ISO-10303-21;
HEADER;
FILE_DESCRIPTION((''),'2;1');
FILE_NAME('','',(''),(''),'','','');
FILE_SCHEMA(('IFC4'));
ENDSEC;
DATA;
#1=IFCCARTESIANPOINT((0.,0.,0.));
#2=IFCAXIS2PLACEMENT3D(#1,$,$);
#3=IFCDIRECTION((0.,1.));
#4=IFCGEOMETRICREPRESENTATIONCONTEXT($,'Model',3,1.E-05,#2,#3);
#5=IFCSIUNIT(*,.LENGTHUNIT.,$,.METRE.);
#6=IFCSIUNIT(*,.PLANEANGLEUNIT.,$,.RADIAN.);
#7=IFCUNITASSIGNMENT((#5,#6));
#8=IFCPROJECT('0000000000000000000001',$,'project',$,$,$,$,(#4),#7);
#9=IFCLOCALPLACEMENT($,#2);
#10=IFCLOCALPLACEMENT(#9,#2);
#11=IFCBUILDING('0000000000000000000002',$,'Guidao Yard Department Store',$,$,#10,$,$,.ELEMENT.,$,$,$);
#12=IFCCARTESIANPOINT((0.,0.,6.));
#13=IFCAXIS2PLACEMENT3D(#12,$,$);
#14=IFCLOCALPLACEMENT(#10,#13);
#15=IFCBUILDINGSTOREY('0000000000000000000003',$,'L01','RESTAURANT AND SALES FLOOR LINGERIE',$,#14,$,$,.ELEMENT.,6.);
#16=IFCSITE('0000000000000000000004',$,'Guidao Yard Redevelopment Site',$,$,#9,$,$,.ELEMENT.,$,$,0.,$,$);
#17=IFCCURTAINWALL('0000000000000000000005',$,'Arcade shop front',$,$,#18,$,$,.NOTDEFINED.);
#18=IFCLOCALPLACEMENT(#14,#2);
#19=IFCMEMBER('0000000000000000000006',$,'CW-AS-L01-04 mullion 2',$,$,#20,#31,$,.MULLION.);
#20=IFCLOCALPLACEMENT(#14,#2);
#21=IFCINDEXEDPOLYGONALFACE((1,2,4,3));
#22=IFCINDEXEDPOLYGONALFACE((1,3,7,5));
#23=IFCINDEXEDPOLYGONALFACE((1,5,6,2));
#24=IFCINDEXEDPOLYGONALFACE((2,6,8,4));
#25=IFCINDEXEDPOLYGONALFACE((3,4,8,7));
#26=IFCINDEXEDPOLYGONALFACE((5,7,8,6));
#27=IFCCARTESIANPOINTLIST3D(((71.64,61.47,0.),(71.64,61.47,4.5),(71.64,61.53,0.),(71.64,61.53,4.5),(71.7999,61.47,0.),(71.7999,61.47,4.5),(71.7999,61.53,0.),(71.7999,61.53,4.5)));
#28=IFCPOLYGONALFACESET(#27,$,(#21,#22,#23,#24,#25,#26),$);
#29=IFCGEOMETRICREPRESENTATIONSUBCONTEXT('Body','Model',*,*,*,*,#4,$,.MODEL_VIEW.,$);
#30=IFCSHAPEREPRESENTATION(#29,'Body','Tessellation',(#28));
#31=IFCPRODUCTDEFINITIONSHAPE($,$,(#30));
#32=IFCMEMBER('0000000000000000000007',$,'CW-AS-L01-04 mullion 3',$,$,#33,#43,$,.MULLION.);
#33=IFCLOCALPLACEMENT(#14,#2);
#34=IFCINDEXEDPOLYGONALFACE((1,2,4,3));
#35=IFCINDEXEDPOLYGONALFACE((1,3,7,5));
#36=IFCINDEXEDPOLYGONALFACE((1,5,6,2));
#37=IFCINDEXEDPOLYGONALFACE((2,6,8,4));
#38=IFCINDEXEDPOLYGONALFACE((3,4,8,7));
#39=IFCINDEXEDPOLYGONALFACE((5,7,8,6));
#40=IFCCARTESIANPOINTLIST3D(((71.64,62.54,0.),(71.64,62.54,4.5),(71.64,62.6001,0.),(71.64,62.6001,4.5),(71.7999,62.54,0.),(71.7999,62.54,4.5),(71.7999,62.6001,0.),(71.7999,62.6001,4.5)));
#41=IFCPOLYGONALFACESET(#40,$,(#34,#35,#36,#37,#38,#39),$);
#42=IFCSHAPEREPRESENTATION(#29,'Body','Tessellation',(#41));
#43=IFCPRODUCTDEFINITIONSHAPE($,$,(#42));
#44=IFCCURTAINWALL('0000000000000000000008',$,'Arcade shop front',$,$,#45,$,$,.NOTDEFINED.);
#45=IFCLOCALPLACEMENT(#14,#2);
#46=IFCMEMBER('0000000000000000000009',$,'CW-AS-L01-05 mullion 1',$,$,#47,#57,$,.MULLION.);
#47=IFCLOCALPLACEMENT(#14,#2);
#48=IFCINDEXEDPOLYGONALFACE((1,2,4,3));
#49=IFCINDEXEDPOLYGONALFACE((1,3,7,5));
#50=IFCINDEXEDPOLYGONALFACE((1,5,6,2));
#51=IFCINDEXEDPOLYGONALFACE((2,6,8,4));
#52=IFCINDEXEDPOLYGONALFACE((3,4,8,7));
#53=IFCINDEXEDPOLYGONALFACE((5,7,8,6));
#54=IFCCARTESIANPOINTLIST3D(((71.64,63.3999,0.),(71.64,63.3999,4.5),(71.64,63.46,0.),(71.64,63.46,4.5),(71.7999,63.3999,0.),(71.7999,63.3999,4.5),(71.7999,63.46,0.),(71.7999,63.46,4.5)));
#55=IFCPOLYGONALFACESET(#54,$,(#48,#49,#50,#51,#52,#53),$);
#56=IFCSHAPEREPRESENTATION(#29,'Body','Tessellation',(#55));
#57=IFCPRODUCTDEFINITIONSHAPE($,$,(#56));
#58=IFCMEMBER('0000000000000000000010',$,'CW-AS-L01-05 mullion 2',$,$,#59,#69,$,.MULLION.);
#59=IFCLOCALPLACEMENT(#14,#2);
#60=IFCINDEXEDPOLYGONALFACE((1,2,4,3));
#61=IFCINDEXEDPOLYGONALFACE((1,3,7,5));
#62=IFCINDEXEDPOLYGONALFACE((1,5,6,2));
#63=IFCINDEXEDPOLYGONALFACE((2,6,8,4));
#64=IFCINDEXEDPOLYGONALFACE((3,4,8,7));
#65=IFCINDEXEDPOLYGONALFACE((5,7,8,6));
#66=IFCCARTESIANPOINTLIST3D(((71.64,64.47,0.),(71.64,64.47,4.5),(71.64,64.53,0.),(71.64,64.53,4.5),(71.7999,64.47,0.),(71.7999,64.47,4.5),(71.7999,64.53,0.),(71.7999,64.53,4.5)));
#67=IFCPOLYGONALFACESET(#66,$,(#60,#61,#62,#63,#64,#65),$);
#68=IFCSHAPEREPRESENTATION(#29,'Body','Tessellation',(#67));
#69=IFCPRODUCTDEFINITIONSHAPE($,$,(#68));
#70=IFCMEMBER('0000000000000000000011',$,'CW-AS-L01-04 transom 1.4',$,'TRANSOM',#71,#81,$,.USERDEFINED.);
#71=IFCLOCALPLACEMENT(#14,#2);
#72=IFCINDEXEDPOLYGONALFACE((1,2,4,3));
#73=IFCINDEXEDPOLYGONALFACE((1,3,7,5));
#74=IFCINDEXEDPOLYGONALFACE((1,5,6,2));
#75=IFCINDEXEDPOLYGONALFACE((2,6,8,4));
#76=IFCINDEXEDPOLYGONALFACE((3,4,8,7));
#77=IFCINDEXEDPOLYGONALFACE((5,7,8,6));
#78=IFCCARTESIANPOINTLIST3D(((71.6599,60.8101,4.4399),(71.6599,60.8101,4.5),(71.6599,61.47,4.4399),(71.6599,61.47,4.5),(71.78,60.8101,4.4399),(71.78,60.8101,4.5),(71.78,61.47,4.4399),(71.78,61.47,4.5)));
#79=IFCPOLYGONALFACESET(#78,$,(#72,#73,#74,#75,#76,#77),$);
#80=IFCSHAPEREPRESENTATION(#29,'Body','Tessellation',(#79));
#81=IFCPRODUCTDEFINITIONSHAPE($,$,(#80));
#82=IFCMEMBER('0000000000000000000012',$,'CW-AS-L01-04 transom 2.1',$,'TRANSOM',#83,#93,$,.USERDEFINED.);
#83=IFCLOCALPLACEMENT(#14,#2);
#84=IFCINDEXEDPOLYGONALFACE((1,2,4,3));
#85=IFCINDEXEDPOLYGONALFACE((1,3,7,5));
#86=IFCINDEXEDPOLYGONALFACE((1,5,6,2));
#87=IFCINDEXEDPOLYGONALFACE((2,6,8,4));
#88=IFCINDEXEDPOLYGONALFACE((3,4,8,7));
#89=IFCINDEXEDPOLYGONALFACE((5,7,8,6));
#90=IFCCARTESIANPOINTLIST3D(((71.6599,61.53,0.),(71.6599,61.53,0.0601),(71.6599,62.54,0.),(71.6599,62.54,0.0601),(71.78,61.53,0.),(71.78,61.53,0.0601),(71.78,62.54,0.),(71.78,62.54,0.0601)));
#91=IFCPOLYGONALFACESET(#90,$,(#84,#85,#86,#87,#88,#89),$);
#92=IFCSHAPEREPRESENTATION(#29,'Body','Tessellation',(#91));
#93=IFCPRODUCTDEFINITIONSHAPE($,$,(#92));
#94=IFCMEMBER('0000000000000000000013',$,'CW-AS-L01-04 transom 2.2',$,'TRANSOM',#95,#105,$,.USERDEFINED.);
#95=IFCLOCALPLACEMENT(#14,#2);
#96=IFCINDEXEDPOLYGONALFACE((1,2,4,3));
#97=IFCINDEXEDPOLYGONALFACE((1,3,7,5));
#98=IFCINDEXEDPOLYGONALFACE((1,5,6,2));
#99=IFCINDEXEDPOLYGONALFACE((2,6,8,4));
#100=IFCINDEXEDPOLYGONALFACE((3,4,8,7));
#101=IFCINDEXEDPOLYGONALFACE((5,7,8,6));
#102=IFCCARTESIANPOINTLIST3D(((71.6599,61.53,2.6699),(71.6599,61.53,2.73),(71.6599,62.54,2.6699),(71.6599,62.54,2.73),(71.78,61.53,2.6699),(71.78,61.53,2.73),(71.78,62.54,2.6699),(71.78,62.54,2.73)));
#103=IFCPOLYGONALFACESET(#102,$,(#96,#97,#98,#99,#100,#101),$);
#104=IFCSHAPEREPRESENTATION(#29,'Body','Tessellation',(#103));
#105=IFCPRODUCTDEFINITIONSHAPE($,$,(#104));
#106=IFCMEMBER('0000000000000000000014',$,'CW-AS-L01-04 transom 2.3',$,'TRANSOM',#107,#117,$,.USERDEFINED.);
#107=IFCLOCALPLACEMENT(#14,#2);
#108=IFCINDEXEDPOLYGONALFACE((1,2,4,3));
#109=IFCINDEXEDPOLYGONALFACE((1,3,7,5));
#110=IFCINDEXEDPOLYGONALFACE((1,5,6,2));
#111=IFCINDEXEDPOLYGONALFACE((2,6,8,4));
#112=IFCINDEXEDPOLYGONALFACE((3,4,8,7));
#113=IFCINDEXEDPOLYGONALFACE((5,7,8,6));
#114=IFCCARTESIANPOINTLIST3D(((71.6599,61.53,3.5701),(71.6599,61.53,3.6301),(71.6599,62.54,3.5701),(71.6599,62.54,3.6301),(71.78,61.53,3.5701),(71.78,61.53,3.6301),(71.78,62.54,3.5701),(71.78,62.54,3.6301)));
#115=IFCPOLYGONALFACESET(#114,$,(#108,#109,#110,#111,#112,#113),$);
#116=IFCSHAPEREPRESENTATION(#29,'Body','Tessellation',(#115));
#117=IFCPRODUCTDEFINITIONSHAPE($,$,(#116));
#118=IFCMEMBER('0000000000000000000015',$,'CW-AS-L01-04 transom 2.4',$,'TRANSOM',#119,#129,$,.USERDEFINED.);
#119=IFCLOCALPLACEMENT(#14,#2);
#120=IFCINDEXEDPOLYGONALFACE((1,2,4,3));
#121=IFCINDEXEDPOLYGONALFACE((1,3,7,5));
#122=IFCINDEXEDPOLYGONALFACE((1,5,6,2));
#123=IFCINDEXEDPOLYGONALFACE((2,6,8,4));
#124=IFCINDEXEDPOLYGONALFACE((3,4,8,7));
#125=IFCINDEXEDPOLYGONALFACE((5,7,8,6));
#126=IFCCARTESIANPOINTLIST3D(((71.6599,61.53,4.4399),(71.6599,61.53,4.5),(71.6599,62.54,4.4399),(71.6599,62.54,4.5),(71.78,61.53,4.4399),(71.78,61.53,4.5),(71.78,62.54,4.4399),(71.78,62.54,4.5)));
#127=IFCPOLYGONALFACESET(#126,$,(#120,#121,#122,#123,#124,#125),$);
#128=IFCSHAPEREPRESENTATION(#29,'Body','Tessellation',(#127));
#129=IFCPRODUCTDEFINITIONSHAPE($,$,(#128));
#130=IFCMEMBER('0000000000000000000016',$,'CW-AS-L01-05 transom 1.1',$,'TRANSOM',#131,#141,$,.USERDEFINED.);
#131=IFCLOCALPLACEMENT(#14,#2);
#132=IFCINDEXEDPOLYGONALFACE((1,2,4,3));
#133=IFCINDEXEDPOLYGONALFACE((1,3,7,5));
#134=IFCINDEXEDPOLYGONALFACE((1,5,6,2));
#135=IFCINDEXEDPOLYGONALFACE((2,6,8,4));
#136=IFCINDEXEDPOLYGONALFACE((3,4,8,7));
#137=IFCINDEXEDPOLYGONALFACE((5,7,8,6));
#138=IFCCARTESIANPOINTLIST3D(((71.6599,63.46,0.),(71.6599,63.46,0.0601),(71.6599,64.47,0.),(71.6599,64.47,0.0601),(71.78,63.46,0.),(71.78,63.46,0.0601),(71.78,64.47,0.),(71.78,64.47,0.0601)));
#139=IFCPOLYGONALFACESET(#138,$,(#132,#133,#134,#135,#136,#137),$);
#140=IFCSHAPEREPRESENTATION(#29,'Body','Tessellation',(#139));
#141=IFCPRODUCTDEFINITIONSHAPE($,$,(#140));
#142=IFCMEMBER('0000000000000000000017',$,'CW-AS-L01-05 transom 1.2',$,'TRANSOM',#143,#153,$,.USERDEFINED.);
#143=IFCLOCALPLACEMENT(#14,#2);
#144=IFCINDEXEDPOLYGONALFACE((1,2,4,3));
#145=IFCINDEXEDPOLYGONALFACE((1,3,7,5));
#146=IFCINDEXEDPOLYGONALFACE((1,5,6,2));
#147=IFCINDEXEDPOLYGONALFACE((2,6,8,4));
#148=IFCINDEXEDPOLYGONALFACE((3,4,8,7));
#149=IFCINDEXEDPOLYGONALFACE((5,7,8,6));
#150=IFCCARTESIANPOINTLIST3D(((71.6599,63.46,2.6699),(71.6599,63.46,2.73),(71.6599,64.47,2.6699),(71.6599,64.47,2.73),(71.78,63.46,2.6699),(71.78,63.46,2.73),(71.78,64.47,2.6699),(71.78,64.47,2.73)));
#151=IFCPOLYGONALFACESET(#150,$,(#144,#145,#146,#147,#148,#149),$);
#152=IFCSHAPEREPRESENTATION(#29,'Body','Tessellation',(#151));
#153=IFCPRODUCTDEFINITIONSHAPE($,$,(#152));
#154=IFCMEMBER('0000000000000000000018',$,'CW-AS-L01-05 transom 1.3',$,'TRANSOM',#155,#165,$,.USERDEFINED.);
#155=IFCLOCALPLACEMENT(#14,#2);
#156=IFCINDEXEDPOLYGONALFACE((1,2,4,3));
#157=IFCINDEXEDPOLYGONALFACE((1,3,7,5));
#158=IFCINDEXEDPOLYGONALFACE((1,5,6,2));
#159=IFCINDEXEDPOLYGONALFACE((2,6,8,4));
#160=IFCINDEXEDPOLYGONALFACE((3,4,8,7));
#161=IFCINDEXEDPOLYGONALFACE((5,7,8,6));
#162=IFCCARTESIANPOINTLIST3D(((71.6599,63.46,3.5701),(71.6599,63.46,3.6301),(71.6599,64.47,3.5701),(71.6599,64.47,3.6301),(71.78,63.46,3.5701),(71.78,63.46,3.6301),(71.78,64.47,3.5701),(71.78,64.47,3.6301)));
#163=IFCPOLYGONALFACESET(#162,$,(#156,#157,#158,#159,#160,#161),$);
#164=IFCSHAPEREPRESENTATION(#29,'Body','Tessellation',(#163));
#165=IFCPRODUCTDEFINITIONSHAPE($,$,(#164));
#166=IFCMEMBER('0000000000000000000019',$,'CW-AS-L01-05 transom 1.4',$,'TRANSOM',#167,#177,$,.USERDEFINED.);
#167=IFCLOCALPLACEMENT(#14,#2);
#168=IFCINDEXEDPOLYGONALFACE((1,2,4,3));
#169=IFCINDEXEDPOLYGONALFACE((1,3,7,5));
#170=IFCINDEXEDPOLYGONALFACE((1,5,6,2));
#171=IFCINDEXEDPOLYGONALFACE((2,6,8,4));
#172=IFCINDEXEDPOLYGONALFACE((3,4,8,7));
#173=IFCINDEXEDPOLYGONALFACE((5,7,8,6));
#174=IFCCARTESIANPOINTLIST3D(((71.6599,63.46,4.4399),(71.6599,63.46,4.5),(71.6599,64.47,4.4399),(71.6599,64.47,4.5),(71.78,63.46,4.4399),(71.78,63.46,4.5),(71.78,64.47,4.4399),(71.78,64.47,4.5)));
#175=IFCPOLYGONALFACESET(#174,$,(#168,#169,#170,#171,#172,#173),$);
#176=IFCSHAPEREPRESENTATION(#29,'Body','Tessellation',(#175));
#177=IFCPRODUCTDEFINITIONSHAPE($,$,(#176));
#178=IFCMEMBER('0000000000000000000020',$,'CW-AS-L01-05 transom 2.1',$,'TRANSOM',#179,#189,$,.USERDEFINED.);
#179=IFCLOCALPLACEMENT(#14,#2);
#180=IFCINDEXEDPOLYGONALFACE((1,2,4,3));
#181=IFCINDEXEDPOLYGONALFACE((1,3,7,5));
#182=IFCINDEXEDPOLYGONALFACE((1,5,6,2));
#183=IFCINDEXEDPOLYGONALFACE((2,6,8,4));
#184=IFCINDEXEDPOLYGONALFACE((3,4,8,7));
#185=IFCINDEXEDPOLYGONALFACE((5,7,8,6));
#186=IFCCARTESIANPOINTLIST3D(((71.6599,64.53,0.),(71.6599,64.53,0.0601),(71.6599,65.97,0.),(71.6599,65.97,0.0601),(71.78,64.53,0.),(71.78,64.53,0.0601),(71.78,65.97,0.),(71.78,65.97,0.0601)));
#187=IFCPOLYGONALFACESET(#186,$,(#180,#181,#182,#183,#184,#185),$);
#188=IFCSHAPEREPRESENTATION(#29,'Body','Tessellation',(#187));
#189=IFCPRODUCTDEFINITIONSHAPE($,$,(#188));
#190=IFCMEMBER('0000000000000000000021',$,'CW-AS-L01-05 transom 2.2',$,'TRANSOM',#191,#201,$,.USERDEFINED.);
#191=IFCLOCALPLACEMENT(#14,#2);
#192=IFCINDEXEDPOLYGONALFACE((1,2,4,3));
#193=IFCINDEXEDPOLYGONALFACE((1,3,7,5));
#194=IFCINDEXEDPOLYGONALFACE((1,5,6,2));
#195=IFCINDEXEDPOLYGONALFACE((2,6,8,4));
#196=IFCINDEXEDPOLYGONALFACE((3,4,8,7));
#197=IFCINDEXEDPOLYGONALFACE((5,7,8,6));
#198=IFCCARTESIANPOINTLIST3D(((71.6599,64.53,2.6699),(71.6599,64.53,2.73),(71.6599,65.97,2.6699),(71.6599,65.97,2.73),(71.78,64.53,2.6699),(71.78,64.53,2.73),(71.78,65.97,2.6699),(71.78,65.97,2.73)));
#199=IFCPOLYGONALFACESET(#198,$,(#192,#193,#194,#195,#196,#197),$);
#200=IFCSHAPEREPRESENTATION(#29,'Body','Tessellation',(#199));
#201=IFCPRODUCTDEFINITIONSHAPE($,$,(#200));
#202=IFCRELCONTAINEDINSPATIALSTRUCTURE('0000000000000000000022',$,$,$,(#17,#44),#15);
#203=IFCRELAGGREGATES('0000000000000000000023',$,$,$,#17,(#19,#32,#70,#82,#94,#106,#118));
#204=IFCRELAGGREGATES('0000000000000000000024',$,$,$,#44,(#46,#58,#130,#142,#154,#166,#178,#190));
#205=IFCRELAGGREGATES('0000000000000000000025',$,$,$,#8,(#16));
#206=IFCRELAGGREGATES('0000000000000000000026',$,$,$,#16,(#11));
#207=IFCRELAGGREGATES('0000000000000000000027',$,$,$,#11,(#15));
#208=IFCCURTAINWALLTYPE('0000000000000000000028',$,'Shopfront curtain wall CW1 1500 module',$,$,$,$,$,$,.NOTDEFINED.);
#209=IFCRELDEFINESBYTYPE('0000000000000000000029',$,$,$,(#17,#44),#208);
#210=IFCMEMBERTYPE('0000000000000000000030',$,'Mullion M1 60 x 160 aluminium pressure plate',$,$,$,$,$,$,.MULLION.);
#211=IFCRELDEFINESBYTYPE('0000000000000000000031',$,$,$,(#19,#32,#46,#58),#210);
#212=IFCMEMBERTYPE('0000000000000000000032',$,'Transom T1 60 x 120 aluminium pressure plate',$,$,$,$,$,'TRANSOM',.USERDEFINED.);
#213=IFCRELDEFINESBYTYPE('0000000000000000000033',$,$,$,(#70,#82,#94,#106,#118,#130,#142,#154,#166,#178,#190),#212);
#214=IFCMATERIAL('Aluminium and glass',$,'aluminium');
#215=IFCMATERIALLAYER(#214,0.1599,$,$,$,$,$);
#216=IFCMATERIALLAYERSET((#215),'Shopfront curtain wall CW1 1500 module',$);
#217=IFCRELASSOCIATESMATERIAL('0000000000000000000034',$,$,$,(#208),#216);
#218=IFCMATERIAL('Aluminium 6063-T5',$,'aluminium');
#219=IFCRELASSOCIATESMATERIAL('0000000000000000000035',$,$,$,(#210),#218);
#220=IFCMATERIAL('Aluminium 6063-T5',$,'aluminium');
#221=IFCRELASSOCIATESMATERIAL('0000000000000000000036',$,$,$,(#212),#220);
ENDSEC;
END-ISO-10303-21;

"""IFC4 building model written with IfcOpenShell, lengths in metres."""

from ifc_helpers import new_model, si_unit, direction, frame, origin, origin_2d, place, context, subcontext, project, spatial, rectangle, extrude, material, layer, layer_set, material_profile, profile_set, type_object, element, aggregate, save


model = new_model("IFC4")

# Units and contexts
model_context = context("Model", 3, precision=1e-05, world=origin(), true_north=direction((0.0, 1.0)))
body_context = subcontext(model_context, "Body", "Model", "MODEL_VIEW")
ifc_project = project(units=[si_unit("LENGTHUNIT", "METRE"), si_unit("PLANEANGLEUNIT", "RADIAN")], contexts=[model_context])

# Site, building, storey
site_placement = place(None, origin())
site = spatial("IfcSite", under=ifc_project, at=site_placement, Name="Guidao Yard Redevelopment Site", CompositionType="ELEMENT", RefElevation=0.0)
building_placement = place(site_placement, origin())
building = spatial("IfcBuilding", under=site, at=building_placement, Name="Guidao Yard Department Store", CompositionType="ELEMENT")
storey_placement = place(building_placement, frame((0.0, 0.0, 6.0)))
storey = spatial("IfcBuildingStorey", under=building, at=storey_placement, Name="L01", Description="RESTAURANT AND SALES FLOOR LINGERIE", CompositionType="ELEMENT", Elevation=6.0)

# Curtain walls, members
ifc_material_1 = material(Name="Aluminium and glass", Category="aluminium")
ifc_layer_1 = layer(ifc_material_1, 0.1599)
ifc_layer_set_1 = layer_set([ifc_layer_1], Name="Shopfront curtain wall CW1 1500 module")
curtain_wall_type = type_object("IfcCurtainWallType", Name="Shopfront curtain wall CW1 1500 module", PredefinedType="NOTDEFINED", material=ifc_layer_set_1)
curtain_wall_1_placement = place(storey_placement, origin())
curtain_wall_1 = element("IfcCurtainWall", 1, at=curtain_wall_1_placement, inside=storey, type_object=curtain_wall_type, Name="Arcade shop front", PredefinedType="NOTDEFINED")
ifc_material_2 = material(Name="Aluminium 6063-T5", Category="aluminium")
ifc_material_profile_1 = material_profile(ifc_material_2, rectangle(XDim=0.0601, YDim=0.1599, at=origin_2d()), Name="Mullion M1 60 x 160 aluminium pressure plate")
ifc_profile_set_1 = profile_set([ifc_material_profile_1], Name="Aluminium 6063-T5")
member_type_1 = type_object("IfcMemberType", Name="Mullion M1 60 x 160 aluminium pressure plate", PredefinedType="MULLION", material=ifc_profile_set_1)
member_1_placement = place(storey_placement, frame((71.72, 61.5, 0.0), z_axis=(0.0, 0.0, 1.0), x_axis=(0.0, 1.0, 0.0)))
member_1 = element("IfcMember", 2, at=member_1_placement, type_object=member_type_1, Name="CW-AS-L01-04 mullion 2", PredefinedType="MULLION", context=body_context, shape_type="SweptSolid", body=[
    extrude(rectangle(XDim=0.0601, YDim=0.1599, at=origin_2d()), origin(), (0.0, 0.0, 1.0), 4.5),
])
member_2_placement = place(storey_placement, frame((71.72, 62.5701, 0.0), z_axis=(0.0, 0.0, 1.0), x_axis=(0.0, 1.0, 0.0)))
member_2 = element("IfcMember", 3, at=member_2_placement, type_object=member_type_1, Name="CW-AS-L01-04 mullion 3", PredefinedType="MULLION", context=body_context, shape_type="SweptSolid", body=[
    extrude(rectangle(XDim=0.0601, YDim=0.1599, at=origin_2d()), origin(), (0.0, 0.0, 1.0), 4.5),
])
curtain_wall_2_placement = place(storey_placement, origin())
curtain_wall_2 = element("IfcCurtainWall", 4, at=curtain_wall_2_placement, inside=storey, type_object=curtain_wall_type, Name="Arcade shop front", PredefinedType="NOTDEFINED")
member_3_placement = place(storey_placement, frame((71.72, 63.4299, 0.0), z_axis=(0.0, 0.0, 1.0), x_axis=(0.0, 1.0, 0.0)))
member_3 = element("IfcMember", 5, at=member_3_placement, type_object=member_type_1, Name="CW-AS-L01-05 mullion 1", PredefinedType="MULLION", context=body_context, shape_type="SweptSolid", body=[
    extrude(rectangle(XDim=0.0601, YDim=0.1599, at=origin_2d()), origin(), (0.0, 0.0, 1.0), 4.5),
])
member_4_placement = place(storey_placement, frame((71.72, 64.5, 0.0), z_axis=(0.0, 0.0, 1.0), x_axis=(0.0, 1.0, 0.0)))
member_4 = element("IfcMember", 6, at=member_4_placement, type_object=member_type_1, Name="CW-AS-L01-05 mullion 2", PredefinedType="MULLION", context=body_context, shape_type="SweptSolid", body=[
    extrude(rectangle(XDim=0.0601, YDim=0.1599, at=origin_2d()), origin(), (0.0, 0.0, 1.0), 4.5),
])

# Members
ifc_material_3 = material(Name="Aluminium 6063-T5", Category="aluminium")
ifc_material_profile_2 = material_profile(ifc_material_3, rectangle(XDim=0.1201, YDim=0.0601, at=origin_2d()), Name="Transom T1 60 x 120 aluminium pressure plate")
ifc_profile_set_2 = profile_set([ifc_material_profile_2], Name="Aluminium 6063-T5")
member_type_2 = type_object("IfcMemberType", Name="Transom T1 60 x 120 aluminium pressure plate", ElementType="TRANSOM", PredefinedType="USERDEFINED", material=ifc_profile_set_2)
member_5_placement = place(storey_placement, frame((71.72, 60.8101, 4.47), z_axis=(0.0, 1.0, 0.0), x_axis=(-1.0, 0.0, 0.0)))
member_5 = element("IfcMember", 7, at=member_5_placement, type_object=member_type_2, Name="CW-AS-L01-04 transom 1.4", ObjectType="TRANSOM", PredefinedType="USERDEFINED", context=body_context, shape_type="SweptSolid", body=[
    extrude(rectangle(XDim=0.1201, YDim=0.0601, at=origin_2d()), origin(), (0.0, 0.0, 1.0), 0.6599),
])
member_6_placement = place(storey_placement, frame((71.72, 61.53, 0.03), z_axis=(0.0, 1.0, 0.0), x_axis=(-1.0, 0.0, 0.0)))
member_6 = element("IfcMember", 8, at=member_6_placement, type_object=member_type_2, Name="CW-AS-L01-04 transom 2.1", ObjectType="TRANSOM", PredefinedType="USERDEFINED", context=body_context, shape_type="SweptSolid", body=[
    extrude(rectangle(XDim=0.1201, YDim=0.0601, at=origin_2d()), origin(), (0.0, 0.0, 1.0), 1.01),
])
member_7_placement = place(storey_placement, frame((71.72, 61.53, 2.7), z_axis=(0.0, 1.0, 0.0), x_axis=(-1.0, 0.0, 0.0)))
member_7 = element("IfcMember", 9, at=member_7_placement, type_object=member_type_2, Name="CW-AS-L01-04 transom 2.2", ObjectType="TRANSOM", PredefinedType="USERDEFINED", context=body_context, shape_type="SweptSolid", body=[
    extrude(rectangle(XDim=0.1201, YDim=0.0601, at=origin_2d()), origin(), (0.0, 0.0, 1.0), 1.01),
])
member_8_placement = place(storey_placement, frame((71.72, 61.53, 3.6001), z_axis=(0.0, 1.0, 0.0), x_axis=(-1.0, 0.0, 0.0)))
member_8 = element("IfcMember", 10, at=member_8_placement, type_object=member_type_2, Name="CW-AS-L01-04 transom 2.3", ObjectType="TRANSOM", PredefinedType="USERDEFINED", context=body_context, shape_type="SweptSolid", body=[
    extrude(rectangle(XDim=0.1201, YDim=0.0601, at=origin_2d()), origin(), (0.0, 0.0, 1.0), 1.01),
])
member_9_placement = place(storey_placement, frame((71.72, 61.53, 4.47), z_axis=(0.0, 1.0, 0.0), x_axis=(-1.0, 0.0, 0.0)))
member_9 = element("IfcMember", 11, at=member_9_placement, type_object=member_type_2, Name="CW-AS-L01-04 transom 2.4", ObjectType="TRANSOM", PredefinedType="USERDEFINED", context=body_context, shape_type="SweptSolid", body=[
    extrude(rectangle(XDim=0.1201, YDim=0.0601, at=origin_2d()), origin(), (0.0, 0.0, 1.0), 1.01),
])
member_10_placement = place(storey_placement, frame((71.72, 63.46, 0.03), z_axis=(0.0, 1.0, 0.0), x_axis=(-1.0, 0.0, 0.0)))
member_10 = element("IfcMember", 12, at=member_10_placement, type_object=member_type_2, Name="CW-AS-L01-05 transom 1.1", ObjectType="TRANSOM", PredefinedType="USERDEFINED", context=body_context, shape_type="SweptSolid", body=[
    extrude(rectangle(XDim=0.1201, YDim=0.0601, at=origin_2d()), origin(), (0.0, 0.0, 1.0), 1.01),
])
member_11_placement = place(storey_placement, frame((71.72, 63.46, 2.7), z_axis=(0.0, 1.0, 0.0), x_axis=(-1.0, 0.0, 0.0)))
member_11 = element("IfcMember", 13, at=member_11_placement, type_object=member_type_2, Name="CW-AS-L01-05 transom 1.2", ObjectType="TRANSOM", PredefinedType="USERDEFINED", context=body_context, shape_type="SweptSolid", body=[
    extrude(rectangle(XDim=0.1201, YDim=0.0601, at=origin_2d()), origin(), (0.0, 0.0, 1.0), 1.01),
])
member_12_placement = place(storey_placement, frame((71.72, 63.46, 3.6001), z_axis=(0.0, 1.0, 0.0), x_axis=(-1.0, 0.0, 0.0)))
member_12 = element("IfcMember", 14, at=member_12_placement, type_object=member_type_2, Name="CW-AS-L01-05 transom 1.3", ObjectType="TRANSOM", PredefinedType="USERDEFINED", context=body_context, shape_type="SweptSolid", body=[
    extrude(rectangle(XDim=0.1201, YDim=0.0601, at=origin_2d()), origin(), (0.0, 0.0, 1.0), 1.01),
])
member_13_placement = place(storey_placement, frame((71.72, 63.46, 4.47), z_axis=(0.0, 1.0, 0.0), x_axis=(-1.0, 0.0, 0.0)))
member_13 = element("IfcMember", 15, at=member_13_placement, type_object=member_type_2, Name="CW-AS-L01-05 transom 1.4", ObjectType="TRANSOM", PredefinedType="USERDEFINED", context=body_context, shape_type="SweptSolid", body=[
    extrude(rectangle(XDim=0.1201, YDim=0.0601, at=origin_2d()), origin(), (0.0, 0.0, 1.0), 1.01),
])
member_14_placement = place(storey_placement, frame((71.72, 64.53, 0.03), z_axis=(0.0, 1.0, 0.0), x_axis=(-1.0, 0.0, 0.0)))
member_14 = element("IfcMember", 16, at=member_14_placement, type_object=member_type_2, Name="CW-AS-L01-05 transom 2.1", ObjectType="TRANSOM", PredefinedType="USERDEFINED", context=body_context, shape_type="SweptSolid", body=[
    extrude(rectangle(XDim=0.1201, YDim=0.0601, at=origin_2d()), origin(), (0.0, 0.0, 1.0), 1.4399),
])
member_15_placement = place(storey_placement, frame((71.72, 64.53, 2.7), z_axis=(0.0, 1.0, 0.0), x_axis=(-1.0, 0.0, 0.0)))
member_15 = element("IfcMember", 17, at=member_15_placement, type_object=member_type_2, Name="CW-AS-L01-05 transom 2.2", ObjectType="TRANSOM", PredefinedType="USERDEFINED", context=body_context, shape_type="SweptSolid", body=[
    extrude(rectangle(XDim=0.1201, YDim=0.0601, at=origin_2d()), origin(), (0.0, 0.0, 1.0), 1.4399),
])

aggregate(curtain_wall_1, [member_1, member_2, member_5, member_6, member_7, member_8, member_9])
aggregate(curtain_wall_2, [member_3, member_4, member_10, member_11, member_12, member_13, member_14, member_15])

save(model, "model.ifc")
